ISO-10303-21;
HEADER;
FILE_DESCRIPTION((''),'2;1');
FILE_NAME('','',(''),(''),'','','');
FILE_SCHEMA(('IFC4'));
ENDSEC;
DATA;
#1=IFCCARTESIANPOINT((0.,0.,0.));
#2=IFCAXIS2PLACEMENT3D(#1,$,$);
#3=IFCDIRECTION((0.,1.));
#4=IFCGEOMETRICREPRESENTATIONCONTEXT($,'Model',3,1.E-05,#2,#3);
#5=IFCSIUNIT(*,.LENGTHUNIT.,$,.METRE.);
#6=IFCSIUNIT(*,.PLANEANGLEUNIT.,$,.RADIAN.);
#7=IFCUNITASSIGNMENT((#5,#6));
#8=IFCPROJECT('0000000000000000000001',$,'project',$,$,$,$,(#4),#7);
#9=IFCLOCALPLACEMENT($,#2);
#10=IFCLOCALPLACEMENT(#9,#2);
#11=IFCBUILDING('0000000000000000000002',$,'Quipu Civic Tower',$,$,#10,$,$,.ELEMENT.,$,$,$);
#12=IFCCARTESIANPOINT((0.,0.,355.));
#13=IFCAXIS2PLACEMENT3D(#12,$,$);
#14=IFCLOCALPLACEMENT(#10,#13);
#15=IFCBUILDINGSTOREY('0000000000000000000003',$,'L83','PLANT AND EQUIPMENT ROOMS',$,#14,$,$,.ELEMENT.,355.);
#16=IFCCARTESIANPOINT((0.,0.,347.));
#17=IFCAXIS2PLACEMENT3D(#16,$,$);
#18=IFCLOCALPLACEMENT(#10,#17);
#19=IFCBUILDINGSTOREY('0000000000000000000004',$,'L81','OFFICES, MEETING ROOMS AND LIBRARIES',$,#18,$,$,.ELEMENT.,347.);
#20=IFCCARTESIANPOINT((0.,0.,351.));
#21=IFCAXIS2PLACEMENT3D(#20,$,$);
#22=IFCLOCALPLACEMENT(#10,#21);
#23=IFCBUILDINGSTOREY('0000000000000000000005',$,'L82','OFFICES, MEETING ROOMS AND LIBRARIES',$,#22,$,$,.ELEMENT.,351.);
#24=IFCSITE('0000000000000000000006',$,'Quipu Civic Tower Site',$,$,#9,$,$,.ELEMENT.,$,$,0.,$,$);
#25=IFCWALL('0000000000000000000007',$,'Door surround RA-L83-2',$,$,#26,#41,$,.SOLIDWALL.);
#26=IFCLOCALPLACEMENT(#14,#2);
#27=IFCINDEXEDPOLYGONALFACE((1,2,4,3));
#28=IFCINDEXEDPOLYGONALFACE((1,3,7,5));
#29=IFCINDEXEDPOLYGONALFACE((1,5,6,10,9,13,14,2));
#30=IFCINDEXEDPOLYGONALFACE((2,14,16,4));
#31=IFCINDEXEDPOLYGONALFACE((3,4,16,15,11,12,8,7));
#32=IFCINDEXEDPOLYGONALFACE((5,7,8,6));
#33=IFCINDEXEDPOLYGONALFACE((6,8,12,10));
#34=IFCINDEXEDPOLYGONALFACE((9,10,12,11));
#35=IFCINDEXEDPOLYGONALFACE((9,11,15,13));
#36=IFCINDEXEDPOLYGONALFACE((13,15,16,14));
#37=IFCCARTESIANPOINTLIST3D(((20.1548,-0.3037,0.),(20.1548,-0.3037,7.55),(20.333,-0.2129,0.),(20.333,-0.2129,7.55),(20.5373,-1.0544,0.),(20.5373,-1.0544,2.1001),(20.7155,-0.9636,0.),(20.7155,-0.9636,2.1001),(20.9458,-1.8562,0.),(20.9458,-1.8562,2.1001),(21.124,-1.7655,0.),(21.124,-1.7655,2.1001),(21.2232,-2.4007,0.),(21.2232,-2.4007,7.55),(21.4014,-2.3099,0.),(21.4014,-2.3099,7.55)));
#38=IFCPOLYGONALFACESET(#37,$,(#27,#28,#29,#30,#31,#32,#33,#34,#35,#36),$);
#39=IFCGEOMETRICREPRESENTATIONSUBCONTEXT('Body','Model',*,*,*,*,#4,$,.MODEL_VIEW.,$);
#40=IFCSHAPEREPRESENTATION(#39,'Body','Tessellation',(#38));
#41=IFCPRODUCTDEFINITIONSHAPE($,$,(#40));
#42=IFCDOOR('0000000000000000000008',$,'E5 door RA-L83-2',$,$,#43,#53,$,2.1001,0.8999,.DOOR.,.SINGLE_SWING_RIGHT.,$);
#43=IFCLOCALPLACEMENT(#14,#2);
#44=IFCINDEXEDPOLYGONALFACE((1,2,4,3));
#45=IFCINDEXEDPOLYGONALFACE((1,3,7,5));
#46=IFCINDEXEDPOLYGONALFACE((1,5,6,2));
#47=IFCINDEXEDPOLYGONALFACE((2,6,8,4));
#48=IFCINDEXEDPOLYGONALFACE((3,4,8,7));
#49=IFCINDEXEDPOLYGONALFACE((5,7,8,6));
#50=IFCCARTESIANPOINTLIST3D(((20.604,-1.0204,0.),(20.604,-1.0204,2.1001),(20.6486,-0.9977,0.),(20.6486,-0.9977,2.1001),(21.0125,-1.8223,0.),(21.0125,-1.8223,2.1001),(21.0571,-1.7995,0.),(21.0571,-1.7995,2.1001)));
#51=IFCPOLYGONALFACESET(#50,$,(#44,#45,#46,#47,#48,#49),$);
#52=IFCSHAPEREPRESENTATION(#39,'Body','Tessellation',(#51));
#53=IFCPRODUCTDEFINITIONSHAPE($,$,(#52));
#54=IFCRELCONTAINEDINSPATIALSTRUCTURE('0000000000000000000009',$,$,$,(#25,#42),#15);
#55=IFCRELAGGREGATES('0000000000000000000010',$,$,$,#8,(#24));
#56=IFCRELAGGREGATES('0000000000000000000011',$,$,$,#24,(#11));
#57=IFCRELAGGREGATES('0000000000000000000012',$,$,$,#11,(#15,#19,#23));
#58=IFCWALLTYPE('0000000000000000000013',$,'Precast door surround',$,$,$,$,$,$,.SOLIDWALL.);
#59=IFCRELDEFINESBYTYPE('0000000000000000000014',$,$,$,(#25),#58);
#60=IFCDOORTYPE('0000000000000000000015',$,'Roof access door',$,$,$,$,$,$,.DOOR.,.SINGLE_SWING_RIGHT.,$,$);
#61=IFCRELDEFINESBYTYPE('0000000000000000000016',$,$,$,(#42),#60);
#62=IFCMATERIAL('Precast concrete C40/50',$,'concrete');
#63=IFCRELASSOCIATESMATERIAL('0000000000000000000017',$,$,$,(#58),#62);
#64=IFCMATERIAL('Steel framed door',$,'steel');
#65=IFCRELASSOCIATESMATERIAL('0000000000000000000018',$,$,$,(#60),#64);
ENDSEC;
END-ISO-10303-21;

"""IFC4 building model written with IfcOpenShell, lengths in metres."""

from ifc_helpers import new_model, si_unit, direction, frame, frame_2d, origin, place, context, subcontext, project, spatial, rectangle, extrude, material, type_object, element, fill, save


model = new_model("IFC4")

# Units and contexts
model_context = context("Model", 3, precision=1e-05, world=origin(), true_north=direction((0.0, 1.0)))
body_context = subcontext(model_context, "Body", "Model", "MODEL_VIEW")
ifc_project = project(units=[si_unit("LENGTHUNIT", "METRE"), si_unit("PLANEANGLEUNIT", "RADIAN")], contexts=[model_context])

# Site, building, storey
site_placement = place(None, origin())
site = spatial("IfcSite", under=ifc_project, at=site_placement, Name="Quipu Civic Tower Site", CompositionType="ELEMENT", RefElevation=0.0)
building_placement = place(site_placement, origin())
building = spatial("IfcBuilding", under=site, at=building_placement, Name="Quipu Civic Tower", CompositionType="ELEMENT")
storey_1_placement = place(building_placement, frame((0.0, 0.0, 355.0)))
storey_1 = spatial("IfcBuildingStorey", under=building, at=storey_1_placement, Name="L83", Description="PLANT AND EQUIPMENT ROOMS", CompositionType="ELEMENT", Elevation=355.0)

# Shared definitions
storey_2_placement = place(building_placement, frame((0.0, 0.0, 347.0)))
storey_2 = spatial("IfcBuildingStorey", under=building, at=storey_2_placement, Name="L81", Description="OFFICES, MEETING ROOMS AND LIBRARIES", CompositionType="ELEMENT", Elevation=347.0)

# Shared definitions
storey_3_placement = place(building_placement, frame((0.0, 0.0, 351.0)))
storey_3 = spatial("IfcBuildingStorey", under=building, at=storey_3_placement, Name="L82", Description="OFFICES, MEETING ROOMS AND LIBRARIES", CompositionType="ELEMENT", Elevation=351.0)

# Wall, opening, door
ifc_material_1 = material(Name="Precast concrete C40/50", Category="concrete")
wall_type_1 = type_object("IfcWallType", Name="Precast door surround", PredefinedType="SOLIDWALL", material=ifc_material_1)
wall_1_placement = place(storey_1_placement, frame((20.2439, -0.2583, 0.0), z_axis=(0.0, 0.0, 1.0), x_axis=(0.453965, -0.89102, 0.0)))
wall_1 = element("IfcWall", 1, at=wall_1_placement, inside=storey_1, type_object=wall_type_1, Name="Door surround RA-L83-2", PredefinedType="SOLIDWALL", context=body_context, shape_type="SweptSolid", body=[
    extrude(rectangle(XDim=2.3535, YDim=0.2, at=frame_2d((1.1768, 0.0))), origin(), (0.0, 0.0, 1.0), 7.55),
])
opening_placement = place(wall_1_placement, frame((0.8425, 0.0, 0.0)))
opening = element("IfcOpeningElement", 2, at=opening_placement, cuts=wall_1, PredefinedType="OPENING", context=body_context, shape_type="SweptSolid", body=[
    extrude(rectangle(XDim=0.8999, YDim=2.1001, at=frame_2d((0.45, 1.05))), frame((0.0, 0.1099, 0.0), z_axis=(0.0, -1.0, 0.0), x_axis=(1.0, 0.0, 0.0)), (0.0, 0.0, 1.0), 0.22),
])
ifc_material_2 = material(Name="Steel framed door", Category="steel")
door_type = type_object("IfcDoorType", Name="Roof access door", OperationType="SINGLE_SWING_RIGHT", PredefinedType="DOOR", material=ifc_material_2)
door_placement = place(opening_placement, origin())
door = element("IfcDoor", 3, at=door_placement, inside=storey_1, type_object=door_type, Name="E5 door RA-L83-2", OperationType="SINGLE_SWING_RIGHT", OverallHeight=2.1001, OverallWidth=0.8999, PredefinedType="DOOR", context=body_context, shape_type="SweptSolid", body=[
    extrude(rectangle(XDim=0.8999, YDim=2.1001, at=frame_2d((0.45, 1.05))), frame((0.0, 0.0249, 0.0), z_axis=(0.0, -1.0, 0.0), x_axis=(1.0, 0.0, 0.0)), (0.0, 0.0, 1.0), 0.05),
])
fill(opening, door)

save(model, "model.ifc")
